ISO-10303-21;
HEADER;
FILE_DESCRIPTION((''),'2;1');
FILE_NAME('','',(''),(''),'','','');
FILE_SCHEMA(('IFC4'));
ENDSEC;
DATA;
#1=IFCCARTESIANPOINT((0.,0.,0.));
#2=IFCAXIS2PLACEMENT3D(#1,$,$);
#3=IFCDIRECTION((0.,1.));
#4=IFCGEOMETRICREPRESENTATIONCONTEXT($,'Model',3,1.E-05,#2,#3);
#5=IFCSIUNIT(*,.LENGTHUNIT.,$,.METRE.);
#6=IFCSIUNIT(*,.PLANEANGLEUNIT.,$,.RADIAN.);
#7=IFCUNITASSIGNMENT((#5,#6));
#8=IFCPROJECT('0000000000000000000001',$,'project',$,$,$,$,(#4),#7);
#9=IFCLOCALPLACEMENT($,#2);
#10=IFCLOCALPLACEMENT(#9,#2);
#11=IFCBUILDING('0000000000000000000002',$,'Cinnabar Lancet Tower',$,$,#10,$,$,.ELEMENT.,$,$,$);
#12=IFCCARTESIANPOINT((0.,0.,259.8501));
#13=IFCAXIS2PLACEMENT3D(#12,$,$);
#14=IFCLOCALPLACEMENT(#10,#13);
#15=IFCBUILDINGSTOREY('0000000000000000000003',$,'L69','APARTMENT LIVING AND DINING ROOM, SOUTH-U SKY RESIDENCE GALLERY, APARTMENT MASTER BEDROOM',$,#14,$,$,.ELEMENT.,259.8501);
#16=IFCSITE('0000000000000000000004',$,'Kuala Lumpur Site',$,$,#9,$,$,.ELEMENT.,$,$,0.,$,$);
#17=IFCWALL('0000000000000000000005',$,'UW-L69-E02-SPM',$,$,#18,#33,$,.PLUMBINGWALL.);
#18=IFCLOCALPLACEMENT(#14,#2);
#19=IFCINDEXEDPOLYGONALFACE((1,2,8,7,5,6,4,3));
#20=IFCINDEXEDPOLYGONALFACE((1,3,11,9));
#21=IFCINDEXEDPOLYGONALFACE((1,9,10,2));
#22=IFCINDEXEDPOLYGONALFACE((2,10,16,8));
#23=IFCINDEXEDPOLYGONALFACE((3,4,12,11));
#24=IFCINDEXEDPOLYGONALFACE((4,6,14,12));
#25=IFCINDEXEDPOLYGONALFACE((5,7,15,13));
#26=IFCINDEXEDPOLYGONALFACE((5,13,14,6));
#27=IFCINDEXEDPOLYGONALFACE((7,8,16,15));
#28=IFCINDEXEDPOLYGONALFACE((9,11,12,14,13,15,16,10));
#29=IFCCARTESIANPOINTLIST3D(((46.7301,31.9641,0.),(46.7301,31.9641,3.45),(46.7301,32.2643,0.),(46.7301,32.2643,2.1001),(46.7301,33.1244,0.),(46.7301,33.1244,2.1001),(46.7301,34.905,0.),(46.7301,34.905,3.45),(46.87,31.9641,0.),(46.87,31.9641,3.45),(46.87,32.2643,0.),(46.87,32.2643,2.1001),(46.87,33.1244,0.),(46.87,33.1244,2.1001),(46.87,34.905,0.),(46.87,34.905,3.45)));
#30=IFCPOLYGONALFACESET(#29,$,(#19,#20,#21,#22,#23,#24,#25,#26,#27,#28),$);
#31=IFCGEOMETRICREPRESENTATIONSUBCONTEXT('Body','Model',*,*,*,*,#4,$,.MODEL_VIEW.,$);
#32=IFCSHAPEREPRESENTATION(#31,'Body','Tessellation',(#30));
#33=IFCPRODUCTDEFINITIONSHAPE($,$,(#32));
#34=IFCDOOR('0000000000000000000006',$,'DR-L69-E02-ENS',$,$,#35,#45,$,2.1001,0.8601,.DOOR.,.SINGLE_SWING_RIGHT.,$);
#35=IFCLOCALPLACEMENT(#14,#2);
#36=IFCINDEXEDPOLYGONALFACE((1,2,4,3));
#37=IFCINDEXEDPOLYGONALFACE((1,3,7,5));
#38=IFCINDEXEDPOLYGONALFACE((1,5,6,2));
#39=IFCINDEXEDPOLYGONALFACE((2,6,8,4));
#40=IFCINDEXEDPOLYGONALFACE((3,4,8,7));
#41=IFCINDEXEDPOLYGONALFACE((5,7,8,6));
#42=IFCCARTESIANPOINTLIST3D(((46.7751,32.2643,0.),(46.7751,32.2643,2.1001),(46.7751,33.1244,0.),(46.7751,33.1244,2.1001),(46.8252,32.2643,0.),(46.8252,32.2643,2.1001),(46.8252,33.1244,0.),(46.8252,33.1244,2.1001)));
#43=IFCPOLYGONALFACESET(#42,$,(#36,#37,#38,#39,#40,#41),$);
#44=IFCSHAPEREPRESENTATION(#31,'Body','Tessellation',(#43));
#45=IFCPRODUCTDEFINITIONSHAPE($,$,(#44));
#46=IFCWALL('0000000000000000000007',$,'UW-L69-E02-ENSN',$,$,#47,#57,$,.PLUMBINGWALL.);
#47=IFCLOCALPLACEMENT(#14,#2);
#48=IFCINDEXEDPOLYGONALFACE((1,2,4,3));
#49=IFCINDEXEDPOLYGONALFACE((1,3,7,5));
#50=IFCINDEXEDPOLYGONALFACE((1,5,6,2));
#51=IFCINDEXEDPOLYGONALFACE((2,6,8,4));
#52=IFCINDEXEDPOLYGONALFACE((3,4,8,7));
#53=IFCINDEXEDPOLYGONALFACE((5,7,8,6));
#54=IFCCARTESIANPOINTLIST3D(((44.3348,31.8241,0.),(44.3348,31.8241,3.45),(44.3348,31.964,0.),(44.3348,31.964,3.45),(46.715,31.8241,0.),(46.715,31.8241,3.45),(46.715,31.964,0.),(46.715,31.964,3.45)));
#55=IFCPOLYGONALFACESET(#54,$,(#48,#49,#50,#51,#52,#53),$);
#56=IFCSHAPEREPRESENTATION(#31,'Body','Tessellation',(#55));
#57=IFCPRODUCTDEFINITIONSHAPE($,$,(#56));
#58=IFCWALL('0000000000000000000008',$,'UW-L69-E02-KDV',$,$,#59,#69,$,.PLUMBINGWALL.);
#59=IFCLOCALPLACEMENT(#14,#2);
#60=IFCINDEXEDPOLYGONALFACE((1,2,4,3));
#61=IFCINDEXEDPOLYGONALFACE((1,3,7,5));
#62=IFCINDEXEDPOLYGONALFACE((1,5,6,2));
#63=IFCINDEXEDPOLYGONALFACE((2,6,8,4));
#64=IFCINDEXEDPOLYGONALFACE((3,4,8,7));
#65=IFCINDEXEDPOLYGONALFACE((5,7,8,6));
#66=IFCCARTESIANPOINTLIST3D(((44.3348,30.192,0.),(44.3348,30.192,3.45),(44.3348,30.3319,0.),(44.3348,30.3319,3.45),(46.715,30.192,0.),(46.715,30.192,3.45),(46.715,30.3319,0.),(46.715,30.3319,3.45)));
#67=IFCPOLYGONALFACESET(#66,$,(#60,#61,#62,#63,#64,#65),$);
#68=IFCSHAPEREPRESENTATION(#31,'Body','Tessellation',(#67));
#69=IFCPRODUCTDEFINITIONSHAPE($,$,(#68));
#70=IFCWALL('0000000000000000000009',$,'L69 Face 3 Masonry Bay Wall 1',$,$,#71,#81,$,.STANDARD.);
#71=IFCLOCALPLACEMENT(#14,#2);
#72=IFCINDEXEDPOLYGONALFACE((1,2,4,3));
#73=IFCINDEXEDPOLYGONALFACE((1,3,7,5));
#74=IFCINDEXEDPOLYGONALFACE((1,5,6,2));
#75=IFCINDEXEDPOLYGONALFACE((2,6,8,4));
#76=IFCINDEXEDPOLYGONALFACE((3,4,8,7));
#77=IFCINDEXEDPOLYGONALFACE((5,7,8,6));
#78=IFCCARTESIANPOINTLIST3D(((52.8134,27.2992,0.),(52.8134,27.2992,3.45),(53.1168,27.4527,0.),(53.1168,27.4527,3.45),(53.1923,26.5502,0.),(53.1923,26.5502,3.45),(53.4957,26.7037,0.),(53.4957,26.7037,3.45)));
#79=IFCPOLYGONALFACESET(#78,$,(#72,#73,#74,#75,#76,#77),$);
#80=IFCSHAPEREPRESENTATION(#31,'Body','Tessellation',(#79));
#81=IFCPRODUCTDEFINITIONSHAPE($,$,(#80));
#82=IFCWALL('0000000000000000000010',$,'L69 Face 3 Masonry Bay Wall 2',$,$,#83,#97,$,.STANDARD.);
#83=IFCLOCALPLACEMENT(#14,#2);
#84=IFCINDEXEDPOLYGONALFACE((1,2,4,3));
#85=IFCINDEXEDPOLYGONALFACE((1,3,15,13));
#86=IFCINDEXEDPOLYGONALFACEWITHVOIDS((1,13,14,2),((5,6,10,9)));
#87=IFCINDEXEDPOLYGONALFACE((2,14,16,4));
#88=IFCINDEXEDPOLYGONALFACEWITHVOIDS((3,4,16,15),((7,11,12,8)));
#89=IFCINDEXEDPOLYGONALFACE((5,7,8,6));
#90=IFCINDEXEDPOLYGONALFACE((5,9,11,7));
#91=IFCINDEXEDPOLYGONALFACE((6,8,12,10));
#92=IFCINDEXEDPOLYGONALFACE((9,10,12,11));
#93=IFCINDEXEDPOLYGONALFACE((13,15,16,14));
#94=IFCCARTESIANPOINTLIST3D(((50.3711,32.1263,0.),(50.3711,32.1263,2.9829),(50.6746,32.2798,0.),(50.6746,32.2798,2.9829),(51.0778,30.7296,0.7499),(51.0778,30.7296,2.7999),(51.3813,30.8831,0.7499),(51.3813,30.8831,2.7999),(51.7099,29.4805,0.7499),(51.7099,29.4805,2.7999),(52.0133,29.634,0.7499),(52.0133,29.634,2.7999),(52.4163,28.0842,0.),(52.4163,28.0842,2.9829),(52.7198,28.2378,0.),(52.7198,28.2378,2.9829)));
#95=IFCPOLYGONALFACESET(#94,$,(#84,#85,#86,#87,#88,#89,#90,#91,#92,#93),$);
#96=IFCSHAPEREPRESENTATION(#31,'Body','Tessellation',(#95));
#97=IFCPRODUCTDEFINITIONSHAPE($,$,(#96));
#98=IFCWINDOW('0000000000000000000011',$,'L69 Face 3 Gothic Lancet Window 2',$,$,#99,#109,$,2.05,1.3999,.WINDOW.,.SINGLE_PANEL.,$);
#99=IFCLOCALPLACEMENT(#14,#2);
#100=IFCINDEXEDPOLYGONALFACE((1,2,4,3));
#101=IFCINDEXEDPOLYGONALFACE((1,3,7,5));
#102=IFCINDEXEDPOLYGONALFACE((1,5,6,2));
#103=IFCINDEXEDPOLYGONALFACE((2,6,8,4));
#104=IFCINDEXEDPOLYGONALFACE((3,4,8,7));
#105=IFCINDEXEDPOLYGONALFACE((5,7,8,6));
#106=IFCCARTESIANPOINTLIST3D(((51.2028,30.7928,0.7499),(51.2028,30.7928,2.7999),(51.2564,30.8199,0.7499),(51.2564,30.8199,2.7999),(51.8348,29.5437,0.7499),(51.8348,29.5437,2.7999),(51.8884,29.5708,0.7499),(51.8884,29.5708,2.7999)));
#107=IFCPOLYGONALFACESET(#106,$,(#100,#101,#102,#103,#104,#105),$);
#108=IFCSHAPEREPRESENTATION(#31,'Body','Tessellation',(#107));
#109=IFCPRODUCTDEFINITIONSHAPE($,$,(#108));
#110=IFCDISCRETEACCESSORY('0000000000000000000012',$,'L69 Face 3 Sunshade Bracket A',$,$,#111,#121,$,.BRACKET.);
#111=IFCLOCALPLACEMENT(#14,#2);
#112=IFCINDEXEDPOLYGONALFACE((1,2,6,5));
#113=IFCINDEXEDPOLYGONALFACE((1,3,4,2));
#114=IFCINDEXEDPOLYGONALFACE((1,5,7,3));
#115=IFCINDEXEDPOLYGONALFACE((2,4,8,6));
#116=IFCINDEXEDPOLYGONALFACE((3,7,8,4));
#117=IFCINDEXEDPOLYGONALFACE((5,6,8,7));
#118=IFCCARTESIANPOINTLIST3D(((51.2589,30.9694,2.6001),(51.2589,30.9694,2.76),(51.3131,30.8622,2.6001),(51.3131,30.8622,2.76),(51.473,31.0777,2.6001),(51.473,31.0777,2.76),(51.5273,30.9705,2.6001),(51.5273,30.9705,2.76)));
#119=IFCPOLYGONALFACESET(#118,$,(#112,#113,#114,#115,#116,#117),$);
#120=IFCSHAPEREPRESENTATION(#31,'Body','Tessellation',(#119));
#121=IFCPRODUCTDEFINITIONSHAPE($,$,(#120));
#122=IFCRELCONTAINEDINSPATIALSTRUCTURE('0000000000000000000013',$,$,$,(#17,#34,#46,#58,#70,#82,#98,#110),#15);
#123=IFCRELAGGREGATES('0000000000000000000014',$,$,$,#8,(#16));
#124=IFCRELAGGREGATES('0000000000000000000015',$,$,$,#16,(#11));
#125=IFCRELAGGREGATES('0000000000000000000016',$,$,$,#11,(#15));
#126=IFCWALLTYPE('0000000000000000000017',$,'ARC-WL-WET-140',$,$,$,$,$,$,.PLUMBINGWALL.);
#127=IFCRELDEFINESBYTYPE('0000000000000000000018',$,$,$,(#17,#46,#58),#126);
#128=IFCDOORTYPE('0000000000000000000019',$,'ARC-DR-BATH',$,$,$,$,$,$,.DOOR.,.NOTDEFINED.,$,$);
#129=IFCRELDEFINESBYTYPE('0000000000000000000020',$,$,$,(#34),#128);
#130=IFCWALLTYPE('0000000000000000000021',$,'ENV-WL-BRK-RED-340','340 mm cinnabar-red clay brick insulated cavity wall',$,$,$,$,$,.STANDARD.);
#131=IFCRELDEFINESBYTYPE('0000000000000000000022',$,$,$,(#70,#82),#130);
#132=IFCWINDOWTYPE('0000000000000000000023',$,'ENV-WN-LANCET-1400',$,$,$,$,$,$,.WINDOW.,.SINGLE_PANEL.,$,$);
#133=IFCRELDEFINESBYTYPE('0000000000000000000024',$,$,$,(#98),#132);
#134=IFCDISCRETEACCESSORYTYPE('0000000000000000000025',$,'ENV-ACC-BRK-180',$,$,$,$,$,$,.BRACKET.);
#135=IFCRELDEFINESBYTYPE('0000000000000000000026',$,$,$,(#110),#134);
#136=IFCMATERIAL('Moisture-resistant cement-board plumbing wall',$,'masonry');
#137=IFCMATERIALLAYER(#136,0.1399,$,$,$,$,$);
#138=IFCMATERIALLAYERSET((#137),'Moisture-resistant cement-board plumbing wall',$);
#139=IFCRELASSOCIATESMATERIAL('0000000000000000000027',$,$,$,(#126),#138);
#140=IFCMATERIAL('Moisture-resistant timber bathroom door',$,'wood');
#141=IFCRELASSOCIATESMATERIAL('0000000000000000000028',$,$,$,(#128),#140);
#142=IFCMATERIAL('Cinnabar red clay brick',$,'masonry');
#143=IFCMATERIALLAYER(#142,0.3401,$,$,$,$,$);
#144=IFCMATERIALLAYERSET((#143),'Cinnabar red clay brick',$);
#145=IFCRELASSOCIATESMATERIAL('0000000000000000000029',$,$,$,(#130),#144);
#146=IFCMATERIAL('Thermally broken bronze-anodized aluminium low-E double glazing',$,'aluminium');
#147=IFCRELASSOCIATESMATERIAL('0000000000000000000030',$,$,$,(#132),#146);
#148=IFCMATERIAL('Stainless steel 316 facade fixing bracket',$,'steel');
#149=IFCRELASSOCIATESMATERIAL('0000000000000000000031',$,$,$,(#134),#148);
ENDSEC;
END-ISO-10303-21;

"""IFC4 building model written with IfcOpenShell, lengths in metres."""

from ifc_helpers import new_model, si_unit, direction, frame, frame_2d, origin, origin_2d, place, context, subcontext, project, spatial, rectangle, extrude, material, layer, layer_set, type_object, element, fill, save


model = new_model("IFC4")

# Units and contexts
model_context = context("Model", 3, precision=1e-05, world=origin(), true_north=direction((0.0, 1.0)))
body_context = subcontext(model_context, "Body", "Model", "MODEL_VIEW")
ifc_project = project(units=[si_unit("LENGTHUNIT", "METRE"), si_unit("PLANEANGLEUNIT", "RADIAN")], contexts=[model_context])

# Site, building, storey
site_placement = place(None, origin())
site = spatial("IfcSite", under=ifc_project, at=site_placement, Name="Kuala Lumpur Site", CompositionType="ELEMENT", RefElevation=0.0)
building_placement = place(site_placement, origin())
building = spatial("IfcBuilding", under=site, at=building_placement, Name="Cinnabar Lancet Tower", CompositionType="ELEMENT")
storey_placement = place(building_placement, frame((0.0, 0.0, 259.8501)))
storey = spatial("IfcBuildingStorey", under=building, at=storey_placement, Name="L69", Description="APARTMENT LIVING AND DINING ROOM, SOUTH-U SKY RESIDENCE GALLERY, APARTMENT MASTER BEDROOM", CompositionType="ELEMENT", Elevation=259.8501)

# Shared definitions
ifc_material_1 = material(Name="Moisture-resistant cement-board plumbing wall", Category="masonry")
ifc_layer_1 = layer(ifc_material_1, 0.1399)
ifc_layer_set_1 = layer_set([ifc_layer_1], Name="Moisture-resistant cement-board plumbing wall")
wall_type_1 = type_object("IfcWallType", Name="ARC-WL-WET-140", PredefinedType="PLUMBINGWALL", material=ifc_layer_set_1)
ifc_material_2 = material(Name="Moisture-resistant timber bathroom door", Category="wood")
door_type_1 = type_object("IfcDoorType", Name="ARC-DR-BATH", OperationType="NOTDEFINED", PredefinedType="DOOR", material=ifc_material_2)

# Wall, opening, door
wall_1_placement = place(storey_placement, frame((46.8, 31.9641, 0.0), z_axis=(0.0, 0.0, 1.0), x_axis=(0.0, 1.0, 0.0)))
wall_1 = element("IfcWall", 1, at=wall_1_placement, inside=storey, type_object=wall_type_1, Name="UW-L69-E02-SPM", PredefinedType="PLUMBINGWALL", context=body_context, shape_type="SweptSolid", body=[
    extrude(rectangle(XDim=2.9409, YDim=0.1399, at=frame_2d((1.4705, 0.0))), origin(), (0.0, 0.0, 1.0), 3.45),
])
opening_1_placement = place(wall_1_placement, frame((0.3, 0.0, 0.0)))
opening_1 = element("IfcOpeningElement", 2, at=opening_1_placement, cuts=wall_1, PredefinedType="OPENING", context=body_context, shape_type="SweptSolid", body=[
    extrude(rectangle(XDim=0.8601, YDim=2.1001, at=frame_2d((0.4302, 1.05))), frame((0.0, 0.0798, 0.0), z_axis=(0.0, -1.0, 0.0), x_axis=(1.0, 0.0, 0.0)), (0.0, 0.0, 1.0), 0.1599),
])
door_1_placement = place(opening_1_placement, origin())
door_1 = element("IfcDoor", 3, at=door_1_placement, inside=storey, type_object=door_type_1, Name="DR-L69-E02-ENS", OperationType="SINGLE_SWING_RIGHT", OverallHeight=2.1001, OverallWidth=0.8601, PredefinedType="DOOR", context=body_context, shape_type="SweptSolid", body=[
    extrude(rectangle(XDim=0.8601, YDim=2.1001, at=frame_2d((0.4302, 1.05))), frame((0.0, 0.0249, 0.0), z_axis=(0.0, -1.0, 0.0), x_axis=(1.0, 0.0, 0.0)), (0.0, 0.0, 1.0), 0.05),
])
fill(opening_1, door_1)

# Walls
for number, where, z_axis, x_axis, name in (
    (4, (44.335, 31.894, 0.0), (0.0, 0.0, 1.0), (1.0, 0.0, 0.0), "UW-L69-E02-ENSN"),
    (5, (44.335, 30.262, 0.0), (0.0, 0.0, 1.0), (1.0, 0.0, 0.0), "UW-L69-E02-KDV"),
):
    element("IfcWall", number, at=place(storey_placement, frame(where, z_axis=z_axis, x_axis=x_axis)), inside=storey, type_object=wall_type_1, Name=name, PredefinedType="PLUMBINGWALL", context=body_context, shape_type="SweptSolid", body=[
        extrude(rectangle(XDim=2.3801, YDim=0.1399, at=frame_2d((1.1899, 0.0))), origin(), (0.0, 0.0, 1.0), 3.45),
    ])
ifc_material_3 = material(Name="Cinnabar red clay brick", Category="masonry")
ifc_layer_2 = layer(ifc_material_3, 0.3401)
ifc_layer_set_2 = layer_set([ifc_layer_2], Name="Cinnabar red clay brick")
wall_type_2 = type_object("IfcWallType", Name="ENV-WL-BRK-RED-340", Description="340 mm cinnabar-red clay brick insulated cavity wall", PredefinedType="STANDARD", material=ifc_layer_set_2)
wall_2_placement = place(storey_placement, frame((53.344, 26.627, 0.0), z_axis=(0.0, 0.0, 1.0), x_axis=(-0.451397, 0.892323, 0.0)))
element("IfcWall", 6, at=wall_2_placement, inside=storey, type_object=wall_type_2, Name="L69 Face 3 Masonry Bay Wall 1", PredefinedType="STANDARD", context=body_context, shape_type="SweptSolid", body=[
    extrude(rectangle(XDim=0.8394, YDim=0.3401, at=frame_2d((0.4197, 0.0))), origin(), (0.0, 0.0, 1.0), 3.45),
])

# Wall, opening, window
wall_3_placement = place(storey_placement, frame((52.5681, 28.1609, 0.0), z_axis=(0.0, 0.0, 1.0), x_axis=(-0.451477, 0.892283, 0.0)))
wall_3 = element("IfcWall", 7, at=wall_3_placement, inside=storey, type_object=wall_type_2, Name="L69 Face 3 Masonry Bay Wall 2", PredefinedType="STANDARD", context=body_context, shape_type="SweptSolid", body=[
    extrude(rectangle(XDim=4.53, YDim=0.3401, at=frame_2d((2.2651, 0.0))), origin(), (0.0, 0.0, 1.0), 2.9829),
])
opening_2_placement = place(wall_3_placement, frame((1.5649, 0.0, 0.75)))
opening_2 = element("IfcOpeningElement", 8, at=opening_2_placement, cuts=wall_3, PredefinedType="OPENING", context=body_context, shape_type="SweptSolid", body=[
    extrude(rectangle(XDim=1.3999, YDim=2.05, at=frame_2d((0.7, 1.0249))), frame((0.0, 0.1799, 0.0), z_axis=(0.0, -1.0, 0.0), x_axis=(1.0, 0.0, 0.0)), (0.0, 0.0, 1.0), 0.3601),
])
ifc_material_4 = material(Name="Thermally broken bronze-anodized aluminium low-E double glazing", Category="aluminium")
window_type = type_object("IfcWindowType", Name="ENV-WN-LANCET-1400", PartitioningType="SINGLE_PANEL", PredefinedType="WINDOW", material=ifc_material_4)
window_placement = place(opening_2_placement, origin())
window = element("IfcWindow", 9, at=window_placement, inside=storey, type_object=window_type, Name="L69 Face 3 Gothic Lancet Window 2", OverallHeight=2.05, OverallWidth=1.3999, PartitioningType="SINGLE_PANEL", PredefinedType="WINDOW", context=body_context, shape_type="SweptSolid", body=[
    extrude(rectangle(XDim=1.3999, YDim=2.05, at=frame_2d((0.7, 1.0249))), frame((0.0, 0.03, 0.0), z_axis=(0.0, -1.0, 0.0), x_axis=(1.0, 0.0, 0.0)), (0.0, 0.0, 1.0), 0.0601),
])
fill(opening_2, window)

# Discrete accessory
ifc_material_5 = material(Name="Stainless steel 316 facade fixing bracket", Category="steel")
discrete_accessory_type = type_object("IfcDiscreteAccessoryType", Name="ENV-ACC-BRK-180", PredefinedType="BRACKET", material=ifc_material_5)
discrete_accessory_placement = place(storey_placement, frame((51.3931, 30.97, 2.6001), z_axis=(0.0, 0.0, 1.0), x_axis=(-0.451376, 0.892334, 0.0)))
element("IfcDiscreteAccessory", 10, at=discrete_accessory_placement, inside=storey, type_object=discrete_accessory_type, Name="L69 Face 3 Sunshade Bracket A", PredefinedType="BRACKET", context=body_context, shape_type="SweptSolid", body=[
    extrude(rectangle(XDim=0.1201, YDim=0.24, at=origin_2d()), origin(), (0.0, 0.0, 1.0), 0.1599),
])

save(model, "model.ifc")
